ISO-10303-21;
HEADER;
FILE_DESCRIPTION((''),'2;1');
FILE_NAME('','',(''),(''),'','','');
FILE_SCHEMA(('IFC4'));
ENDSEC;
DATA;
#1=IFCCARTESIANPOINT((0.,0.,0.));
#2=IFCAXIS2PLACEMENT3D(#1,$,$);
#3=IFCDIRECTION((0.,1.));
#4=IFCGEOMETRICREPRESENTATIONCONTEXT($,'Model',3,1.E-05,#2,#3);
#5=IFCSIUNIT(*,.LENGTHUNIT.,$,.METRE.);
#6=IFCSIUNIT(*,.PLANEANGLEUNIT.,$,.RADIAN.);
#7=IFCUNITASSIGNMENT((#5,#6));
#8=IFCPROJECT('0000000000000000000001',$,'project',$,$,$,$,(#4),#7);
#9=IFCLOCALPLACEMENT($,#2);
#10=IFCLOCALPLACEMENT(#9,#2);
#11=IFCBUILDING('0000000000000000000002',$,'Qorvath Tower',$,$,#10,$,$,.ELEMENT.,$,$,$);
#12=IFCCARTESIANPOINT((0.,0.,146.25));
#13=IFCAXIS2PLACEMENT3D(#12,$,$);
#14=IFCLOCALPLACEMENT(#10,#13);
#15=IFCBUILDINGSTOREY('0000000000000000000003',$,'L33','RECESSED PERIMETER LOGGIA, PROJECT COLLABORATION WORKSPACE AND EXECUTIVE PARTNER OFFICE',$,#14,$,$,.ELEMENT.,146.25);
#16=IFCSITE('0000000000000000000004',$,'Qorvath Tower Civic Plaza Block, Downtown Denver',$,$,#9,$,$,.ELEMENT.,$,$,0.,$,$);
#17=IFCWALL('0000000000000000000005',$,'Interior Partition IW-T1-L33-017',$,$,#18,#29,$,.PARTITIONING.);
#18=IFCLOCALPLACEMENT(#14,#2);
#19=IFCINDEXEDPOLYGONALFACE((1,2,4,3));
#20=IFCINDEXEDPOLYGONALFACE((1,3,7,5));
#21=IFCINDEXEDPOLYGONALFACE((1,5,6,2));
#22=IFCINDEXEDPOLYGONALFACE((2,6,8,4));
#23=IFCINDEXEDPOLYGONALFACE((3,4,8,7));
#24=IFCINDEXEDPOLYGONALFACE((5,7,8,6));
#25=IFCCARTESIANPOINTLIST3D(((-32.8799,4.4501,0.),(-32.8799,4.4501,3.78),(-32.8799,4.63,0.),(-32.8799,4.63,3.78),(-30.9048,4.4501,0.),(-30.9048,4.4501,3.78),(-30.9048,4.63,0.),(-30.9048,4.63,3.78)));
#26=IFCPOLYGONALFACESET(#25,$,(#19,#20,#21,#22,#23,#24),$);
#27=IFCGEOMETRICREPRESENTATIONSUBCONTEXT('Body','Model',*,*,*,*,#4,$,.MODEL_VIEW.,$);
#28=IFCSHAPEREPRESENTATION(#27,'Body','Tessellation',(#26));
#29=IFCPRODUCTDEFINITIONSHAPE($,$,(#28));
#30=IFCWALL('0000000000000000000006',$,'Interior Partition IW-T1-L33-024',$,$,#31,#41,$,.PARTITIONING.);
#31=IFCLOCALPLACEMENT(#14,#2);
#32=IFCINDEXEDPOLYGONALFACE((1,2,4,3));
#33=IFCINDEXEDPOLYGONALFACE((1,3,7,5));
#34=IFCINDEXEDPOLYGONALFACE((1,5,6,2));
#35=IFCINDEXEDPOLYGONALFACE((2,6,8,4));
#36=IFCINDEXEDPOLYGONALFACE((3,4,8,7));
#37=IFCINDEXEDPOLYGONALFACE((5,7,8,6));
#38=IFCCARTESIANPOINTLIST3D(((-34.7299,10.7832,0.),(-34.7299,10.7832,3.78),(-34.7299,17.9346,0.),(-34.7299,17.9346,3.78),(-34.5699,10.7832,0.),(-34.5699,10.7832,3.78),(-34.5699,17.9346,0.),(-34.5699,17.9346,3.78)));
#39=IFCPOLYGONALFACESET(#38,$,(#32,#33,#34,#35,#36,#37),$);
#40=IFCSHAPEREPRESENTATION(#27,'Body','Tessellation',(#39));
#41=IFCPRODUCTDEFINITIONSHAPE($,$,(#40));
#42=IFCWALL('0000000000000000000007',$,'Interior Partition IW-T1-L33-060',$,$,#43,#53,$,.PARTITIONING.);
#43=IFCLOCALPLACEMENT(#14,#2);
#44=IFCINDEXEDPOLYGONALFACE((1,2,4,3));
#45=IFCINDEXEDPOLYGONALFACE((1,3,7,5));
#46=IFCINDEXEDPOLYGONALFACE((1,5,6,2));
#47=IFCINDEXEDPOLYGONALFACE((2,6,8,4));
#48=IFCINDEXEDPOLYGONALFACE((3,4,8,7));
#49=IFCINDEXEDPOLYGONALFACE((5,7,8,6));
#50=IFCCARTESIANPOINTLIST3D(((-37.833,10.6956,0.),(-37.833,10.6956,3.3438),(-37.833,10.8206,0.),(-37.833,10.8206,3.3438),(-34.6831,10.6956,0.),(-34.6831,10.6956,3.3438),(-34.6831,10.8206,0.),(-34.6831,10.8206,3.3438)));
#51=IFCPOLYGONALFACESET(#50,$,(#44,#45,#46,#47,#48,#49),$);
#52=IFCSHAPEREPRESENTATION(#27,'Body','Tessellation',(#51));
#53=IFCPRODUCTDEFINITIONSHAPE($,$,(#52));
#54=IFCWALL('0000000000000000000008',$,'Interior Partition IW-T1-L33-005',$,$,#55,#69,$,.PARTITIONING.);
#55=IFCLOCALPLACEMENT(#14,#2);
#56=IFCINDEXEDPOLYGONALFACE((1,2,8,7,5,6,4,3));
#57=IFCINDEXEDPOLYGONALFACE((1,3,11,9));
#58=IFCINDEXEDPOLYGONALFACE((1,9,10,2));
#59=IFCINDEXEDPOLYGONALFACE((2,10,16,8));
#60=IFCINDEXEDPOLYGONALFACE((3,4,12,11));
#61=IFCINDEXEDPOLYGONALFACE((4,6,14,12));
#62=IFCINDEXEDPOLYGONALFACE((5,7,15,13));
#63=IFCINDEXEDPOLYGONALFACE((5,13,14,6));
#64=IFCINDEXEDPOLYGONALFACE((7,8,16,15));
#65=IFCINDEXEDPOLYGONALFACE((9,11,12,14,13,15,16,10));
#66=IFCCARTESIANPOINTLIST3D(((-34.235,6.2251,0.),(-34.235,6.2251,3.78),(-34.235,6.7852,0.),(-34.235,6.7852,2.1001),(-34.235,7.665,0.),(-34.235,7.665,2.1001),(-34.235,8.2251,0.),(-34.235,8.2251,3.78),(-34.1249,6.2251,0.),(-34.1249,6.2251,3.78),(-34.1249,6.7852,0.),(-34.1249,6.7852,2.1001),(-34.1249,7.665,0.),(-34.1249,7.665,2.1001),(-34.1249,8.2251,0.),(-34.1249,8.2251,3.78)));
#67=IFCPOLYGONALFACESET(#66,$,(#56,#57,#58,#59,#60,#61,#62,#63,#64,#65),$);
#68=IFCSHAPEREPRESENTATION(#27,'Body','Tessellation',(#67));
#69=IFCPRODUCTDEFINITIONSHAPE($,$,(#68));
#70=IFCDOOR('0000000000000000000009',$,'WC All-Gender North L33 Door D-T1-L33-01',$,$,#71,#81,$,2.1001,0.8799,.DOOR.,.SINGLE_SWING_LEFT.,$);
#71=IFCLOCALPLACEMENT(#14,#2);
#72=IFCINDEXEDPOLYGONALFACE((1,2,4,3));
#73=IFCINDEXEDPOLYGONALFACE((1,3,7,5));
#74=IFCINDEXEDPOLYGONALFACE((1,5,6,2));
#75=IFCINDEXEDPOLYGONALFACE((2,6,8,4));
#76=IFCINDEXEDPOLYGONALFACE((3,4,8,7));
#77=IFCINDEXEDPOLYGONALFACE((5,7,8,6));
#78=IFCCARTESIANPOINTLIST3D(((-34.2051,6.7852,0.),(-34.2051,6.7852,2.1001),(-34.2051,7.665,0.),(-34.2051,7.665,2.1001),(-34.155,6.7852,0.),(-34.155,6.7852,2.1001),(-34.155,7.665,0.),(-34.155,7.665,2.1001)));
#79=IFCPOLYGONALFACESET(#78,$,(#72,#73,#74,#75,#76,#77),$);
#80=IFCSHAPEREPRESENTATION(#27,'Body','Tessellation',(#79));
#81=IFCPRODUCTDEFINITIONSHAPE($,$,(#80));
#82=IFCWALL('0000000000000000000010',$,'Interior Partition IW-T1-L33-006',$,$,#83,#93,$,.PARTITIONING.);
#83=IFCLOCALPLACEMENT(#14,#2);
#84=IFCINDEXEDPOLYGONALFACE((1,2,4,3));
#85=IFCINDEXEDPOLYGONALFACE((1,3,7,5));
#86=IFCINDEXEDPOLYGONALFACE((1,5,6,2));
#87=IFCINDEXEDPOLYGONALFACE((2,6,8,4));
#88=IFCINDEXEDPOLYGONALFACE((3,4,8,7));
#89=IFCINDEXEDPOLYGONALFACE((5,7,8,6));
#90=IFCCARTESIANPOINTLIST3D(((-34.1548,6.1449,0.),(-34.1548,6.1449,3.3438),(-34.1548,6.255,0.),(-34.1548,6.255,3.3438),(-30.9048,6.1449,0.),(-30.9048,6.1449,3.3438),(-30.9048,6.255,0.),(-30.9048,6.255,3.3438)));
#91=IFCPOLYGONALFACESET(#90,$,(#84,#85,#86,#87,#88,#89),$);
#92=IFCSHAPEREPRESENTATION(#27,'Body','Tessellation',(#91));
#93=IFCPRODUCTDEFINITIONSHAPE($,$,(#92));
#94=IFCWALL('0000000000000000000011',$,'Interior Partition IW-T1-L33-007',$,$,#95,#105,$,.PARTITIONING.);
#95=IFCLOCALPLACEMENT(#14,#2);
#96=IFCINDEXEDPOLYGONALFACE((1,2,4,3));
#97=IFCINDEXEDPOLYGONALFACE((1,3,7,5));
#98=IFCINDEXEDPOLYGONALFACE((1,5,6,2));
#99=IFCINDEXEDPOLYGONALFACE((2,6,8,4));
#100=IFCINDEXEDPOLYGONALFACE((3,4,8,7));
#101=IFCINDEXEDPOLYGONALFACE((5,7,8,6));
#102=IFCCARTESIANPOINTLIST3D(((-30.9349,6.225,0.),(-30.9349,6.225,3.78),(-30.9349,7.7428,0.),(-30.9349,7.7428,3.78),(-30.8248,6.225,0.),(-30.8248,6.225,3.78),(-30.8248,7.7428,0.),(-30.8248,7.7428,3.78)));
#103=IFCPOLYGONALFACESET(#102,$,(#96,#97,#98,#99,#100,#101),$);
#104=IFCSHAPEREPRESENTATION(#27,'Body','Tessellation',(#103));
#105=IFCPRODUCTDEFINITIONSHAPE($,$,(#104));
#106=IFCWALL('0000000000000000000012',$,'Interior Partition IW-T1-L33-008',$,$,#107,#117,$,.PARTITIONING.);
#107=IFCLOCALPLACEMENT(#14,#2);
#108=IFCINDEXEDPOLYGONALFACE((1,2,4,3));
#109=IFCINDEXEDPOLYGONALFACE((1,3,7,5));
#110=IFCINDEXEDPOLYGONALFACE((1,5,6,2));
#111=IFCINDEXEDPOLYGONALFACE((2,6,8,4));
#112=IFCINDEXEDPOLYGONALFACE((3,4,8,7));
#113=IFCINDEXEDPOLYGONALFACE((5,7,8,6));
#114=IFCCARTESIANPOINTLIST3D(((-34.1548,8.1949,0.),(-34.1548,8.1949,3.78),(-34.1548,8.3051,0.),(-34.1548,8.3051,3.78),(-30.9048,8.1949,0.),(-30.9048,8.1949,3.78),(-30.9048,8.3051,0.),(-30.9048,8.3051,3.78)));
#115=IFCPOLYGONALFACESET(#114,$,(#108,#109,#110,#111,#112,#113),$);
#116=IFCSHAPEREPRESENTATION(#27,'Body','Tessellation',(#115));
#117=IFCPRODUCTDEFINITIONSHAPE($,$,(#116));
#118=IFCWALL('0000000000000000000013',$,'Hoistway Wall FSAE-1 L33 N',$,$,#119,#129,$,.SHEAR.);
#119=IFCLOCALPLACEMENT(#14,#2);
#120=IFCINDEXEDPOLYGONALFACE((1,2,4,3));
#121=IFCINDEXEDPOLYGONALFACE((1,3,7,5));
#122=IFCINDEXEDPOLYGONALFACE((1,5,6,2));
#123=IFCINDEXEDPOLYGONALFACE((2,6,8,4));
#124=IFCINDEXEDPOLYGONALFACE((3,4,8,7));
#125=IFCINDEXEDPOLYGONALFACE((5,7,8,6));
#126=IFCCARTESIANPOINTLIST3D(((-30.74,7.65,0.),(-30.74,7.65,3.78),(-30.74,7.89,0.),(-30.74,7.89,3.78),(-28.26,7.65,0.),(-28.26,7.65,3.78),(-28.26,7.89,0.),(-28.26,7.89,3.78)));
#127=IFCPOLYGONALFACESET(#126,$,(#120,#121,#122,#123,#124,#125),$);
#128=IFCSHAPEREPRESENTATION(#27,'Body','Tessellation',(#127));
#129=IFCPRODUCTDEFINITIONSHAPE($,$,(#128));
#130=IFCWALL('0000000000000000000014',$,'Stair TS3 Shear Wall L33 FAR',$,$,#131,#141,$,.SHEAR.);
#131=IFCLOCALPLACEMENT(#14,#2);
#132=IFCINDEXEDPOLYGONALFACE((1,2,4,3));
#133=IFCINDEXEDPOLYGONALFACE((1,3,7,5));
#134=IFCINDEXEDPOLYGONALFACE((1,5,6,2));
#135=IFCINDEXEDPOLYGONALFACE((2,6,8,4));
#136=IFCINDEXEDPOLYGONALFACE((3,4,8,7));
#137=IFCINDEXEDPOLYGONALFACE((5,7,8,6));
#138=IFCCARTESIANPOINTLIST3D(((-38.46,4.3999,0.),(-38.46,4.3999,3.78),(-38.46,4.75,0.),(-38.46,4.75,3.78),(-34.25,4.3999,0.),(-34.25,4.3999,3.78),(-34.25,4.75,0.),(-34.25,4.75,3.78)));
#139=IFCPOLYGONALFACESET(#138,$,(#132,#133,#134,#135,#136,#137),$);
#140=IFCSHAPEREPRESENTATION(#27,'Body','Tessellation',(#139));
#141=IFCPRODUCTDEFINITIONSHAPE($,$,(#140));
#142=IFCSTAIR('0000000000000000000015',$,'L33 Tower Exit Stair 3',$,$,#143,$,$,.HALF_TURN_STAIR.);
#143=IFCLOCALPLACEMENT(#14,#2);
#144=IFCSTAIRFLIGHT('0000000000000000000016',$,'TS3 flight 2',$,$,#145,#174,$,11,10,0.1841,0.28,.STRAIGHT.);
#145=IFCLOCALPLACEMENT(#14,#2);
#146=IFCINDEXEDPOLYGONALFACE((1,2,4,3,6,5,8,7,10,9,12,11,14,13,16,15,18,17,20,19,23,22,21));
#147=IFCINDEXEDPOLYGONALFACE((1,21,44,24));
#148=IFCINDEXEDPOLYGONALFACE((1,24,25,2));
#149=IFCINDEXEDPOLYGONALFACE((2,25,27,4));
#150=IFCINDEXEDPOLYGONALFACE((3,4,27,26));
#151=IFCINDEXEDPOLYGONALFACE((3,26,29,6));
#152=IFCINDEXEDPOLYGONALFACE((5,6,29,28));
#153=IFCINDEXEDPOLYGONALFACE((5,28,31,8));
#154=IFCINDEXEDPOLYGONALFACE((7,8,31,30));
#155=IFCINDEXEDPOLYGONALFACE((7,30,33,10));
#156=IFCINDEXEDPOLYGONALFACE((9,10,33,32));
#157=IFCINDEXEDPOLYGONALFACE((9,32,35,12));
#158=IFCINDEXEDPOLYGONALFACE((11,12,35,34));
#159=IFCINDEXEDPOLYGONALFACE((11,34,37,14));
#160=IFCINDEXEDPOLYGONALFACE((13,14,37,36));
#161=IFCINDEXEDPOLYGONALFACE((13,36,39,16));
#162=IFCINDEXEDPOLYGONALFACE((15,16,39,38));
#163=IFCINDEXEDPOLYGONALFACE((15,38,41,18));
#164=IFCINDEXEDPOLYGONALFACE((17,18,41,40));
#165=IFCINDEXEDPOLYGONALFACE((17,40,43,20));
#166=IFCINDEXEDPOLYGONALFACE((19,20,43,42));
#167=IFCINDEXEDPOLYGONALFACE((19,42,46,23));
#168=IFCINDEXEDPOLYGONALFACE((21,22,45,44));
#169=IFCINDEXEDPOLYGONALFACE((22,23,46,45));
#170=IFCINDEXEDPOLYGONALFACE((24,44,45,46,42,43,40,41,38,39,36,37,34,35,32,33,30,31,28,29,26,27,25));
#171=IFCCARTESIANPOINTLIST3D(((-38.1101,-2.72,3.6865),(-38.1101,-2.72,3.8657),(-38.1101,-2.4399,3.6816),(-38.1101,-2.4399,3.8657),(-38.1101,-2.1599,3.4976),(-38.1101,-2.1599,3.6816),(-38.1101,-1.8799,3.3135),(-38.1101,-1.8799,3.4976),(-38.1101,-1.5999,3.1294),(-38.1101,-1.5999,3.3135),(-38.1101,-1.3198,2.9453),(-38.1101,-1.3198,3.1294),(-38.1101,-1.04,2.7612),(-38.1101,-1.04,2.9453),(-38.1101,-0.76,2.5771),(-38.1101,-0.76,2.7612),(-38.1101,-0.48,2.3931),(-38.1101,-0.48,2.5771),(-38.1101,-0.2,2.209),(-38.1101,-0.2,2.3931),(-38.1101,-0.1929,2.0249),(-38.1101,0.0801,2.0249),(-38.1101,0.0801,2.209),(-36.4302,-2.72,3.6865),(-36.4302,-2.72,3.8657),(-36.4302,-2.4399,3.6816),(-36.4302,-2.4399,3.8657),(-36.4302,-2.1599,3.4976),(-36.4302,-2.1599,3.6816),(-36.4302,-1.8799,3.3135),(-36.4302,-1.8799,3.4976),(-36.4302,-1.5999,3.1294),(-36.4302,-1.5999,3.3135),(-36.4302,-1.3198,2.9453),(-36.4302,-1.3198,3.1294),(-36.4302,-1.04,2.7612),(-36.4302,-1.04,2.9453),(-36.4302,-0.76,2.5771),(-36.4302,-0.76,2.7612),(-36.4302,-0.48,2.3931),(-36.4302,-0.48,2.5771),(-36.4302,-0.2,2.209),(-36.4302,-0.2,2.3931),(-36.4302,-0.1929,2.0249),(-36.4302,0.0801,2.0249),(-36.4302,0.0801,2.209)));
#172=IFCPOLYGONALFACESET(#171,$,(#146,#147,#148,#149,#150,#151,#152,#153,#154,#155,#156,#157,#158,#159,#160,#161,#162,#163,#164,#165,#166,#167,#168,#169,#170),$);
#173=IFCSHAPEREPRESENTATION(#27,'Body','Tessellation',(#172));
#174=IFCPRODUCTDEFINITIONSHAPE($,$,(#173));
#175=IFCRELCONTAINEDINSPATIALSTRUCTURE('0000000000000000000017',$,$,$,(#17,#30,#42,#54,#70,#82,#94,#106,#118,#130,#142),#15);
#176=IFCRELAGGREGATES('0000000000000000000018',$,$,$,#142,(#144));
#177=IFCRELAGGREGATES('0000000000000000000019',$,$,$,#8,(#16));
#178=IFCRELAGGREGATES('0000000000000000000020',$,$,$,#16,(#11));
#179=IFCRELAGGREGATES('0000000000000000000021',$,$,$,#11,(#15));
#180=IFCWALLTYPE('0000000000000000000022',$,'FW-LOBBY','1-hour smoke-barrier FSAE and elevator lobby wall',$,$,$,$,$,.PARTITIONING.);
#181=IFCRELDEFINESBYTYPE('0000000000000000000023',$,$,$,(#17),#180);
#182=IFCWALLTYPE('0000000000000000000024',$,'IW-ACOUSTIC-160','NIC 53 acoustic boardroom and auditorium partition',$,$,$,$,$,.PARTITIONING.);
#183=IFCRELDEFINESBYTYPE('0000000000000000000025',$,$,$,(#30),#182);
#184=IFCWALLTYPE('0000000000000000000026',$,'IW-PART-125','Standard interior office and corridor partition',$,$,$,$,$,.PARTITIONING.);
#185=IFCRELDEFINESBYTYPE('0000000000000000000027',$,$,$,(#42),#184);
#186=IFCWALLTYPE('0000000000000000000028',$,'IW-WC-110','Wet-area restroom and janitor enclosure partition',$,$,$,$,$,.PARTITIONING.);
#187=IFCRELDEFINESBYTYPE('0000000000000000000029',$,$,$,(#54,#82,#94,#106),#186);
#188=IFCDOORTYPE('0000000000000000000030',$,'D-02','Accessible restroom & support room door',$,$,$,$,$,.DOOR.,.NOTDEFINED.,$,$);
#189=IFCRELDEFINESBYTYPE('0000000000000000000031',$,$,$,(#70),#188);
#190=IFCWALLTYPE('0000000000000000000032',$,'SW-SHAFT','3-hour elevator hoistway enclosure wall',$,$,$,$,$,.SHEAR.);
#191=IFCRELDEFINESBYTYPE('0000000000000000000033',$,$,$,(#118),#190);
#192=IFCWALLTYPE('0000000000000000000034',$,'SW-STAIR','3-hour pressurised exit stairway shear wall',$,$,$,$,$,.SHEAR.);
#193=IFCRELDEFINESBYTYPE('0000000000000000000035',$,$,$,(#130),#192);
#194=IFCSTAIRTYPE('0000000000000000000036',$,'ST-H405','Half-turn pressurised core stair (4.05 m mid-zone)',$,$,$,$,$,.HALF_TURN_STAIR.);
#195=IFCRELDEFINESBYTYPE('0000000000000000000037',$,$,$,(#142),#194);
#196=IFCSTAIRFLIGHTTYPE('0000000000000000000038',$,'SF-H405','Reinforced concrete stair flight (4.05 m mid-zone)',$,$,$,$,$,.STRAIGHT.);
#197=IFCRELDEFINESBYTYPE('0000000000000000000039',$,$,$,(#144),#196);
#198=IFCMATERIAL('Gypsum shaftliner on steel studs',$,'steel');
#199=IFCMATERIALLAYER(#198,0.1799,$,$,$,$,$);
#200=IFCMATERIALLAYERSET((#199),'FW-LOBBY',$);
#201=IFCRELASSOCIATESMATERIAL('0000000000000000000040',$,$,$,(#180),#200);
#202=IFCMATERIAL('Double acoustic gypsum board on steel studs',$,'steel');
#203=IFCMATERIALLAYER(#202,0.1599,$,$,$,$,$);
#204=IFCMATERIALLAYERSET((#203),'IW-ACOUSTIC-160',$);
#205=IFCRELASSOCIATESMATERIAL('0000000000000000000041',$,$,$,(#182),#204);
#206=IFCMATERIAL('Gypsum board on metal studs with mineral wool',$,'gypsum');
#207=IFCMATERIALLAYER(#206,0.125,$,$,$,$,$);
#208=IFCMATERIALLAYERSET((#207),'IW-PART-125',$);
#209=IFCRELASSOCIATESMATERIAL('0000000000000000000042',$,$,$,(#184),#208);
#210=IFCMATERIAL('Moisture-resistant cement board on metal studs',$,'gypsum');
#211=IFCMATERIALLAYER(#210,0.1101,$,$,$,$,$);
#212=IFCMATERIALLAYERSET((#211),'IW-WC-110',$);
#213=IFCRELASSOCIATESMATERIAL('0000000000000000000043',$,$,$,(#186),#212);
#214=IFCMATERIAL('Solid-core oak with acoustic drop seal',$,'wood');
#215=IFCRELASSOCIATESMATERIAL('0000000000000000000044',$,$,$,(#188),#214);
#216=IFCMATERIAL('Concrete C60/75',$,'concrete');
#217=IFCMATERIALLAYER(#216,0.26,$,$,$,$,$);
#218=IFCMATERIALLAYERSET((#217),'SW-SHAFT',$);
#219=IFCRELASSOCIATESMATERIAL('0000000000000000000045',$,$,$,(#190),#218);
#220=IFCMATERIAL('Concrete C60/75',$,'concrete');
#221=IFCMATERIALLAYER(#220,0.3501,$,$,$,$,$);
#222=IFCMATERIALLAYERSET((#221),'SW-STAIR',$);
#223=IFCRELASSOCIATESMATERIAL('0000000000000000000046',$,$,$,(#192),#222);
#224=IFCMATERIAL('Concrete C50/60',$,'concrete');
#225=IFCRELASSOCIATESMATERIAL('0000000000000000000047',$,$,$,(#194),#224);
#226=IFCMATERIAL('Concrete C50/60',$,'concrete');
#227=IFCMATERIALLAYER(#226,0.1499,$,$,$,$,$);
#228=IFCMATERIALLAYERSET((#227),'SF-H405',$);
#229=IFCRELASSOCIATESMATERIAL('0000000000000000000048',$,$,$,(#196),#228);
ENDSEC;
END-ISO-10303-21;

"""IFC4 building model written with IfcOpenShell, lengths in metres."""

from ifc_helpers import new_model, si_unit, direction, frame, frame_2d, origin, place, context, subcontext, project, spatial, polyline, rectangle, outline, extrude, material, layer, layer_set, type_object, element, fill, aggregate, save


model = new_model("IFC4")

# Units and contexts
model_context = context("Model", 3, precision=1e-05, world=origin(), true_north=direction((0.0, 1.0)))
body_context = subcontext(model_context, "Body", "Model", "MODEL_VIEW")
ifc_project = project(units=[si_unit("LENGTHUNIT", "METRE"), si_unit("PLANEANGLEUNIT", "RADIAN")], contexts=[model_context])

# Site, building, storey
site_placement = place(None, origin())
site = spatial("IfcSite", under=ifc_project, at=site_placement, Name="Qorvath Tower Civic Plaza Block, Downtown Denver", CompositionType="ELEMENT", RefElevation=0.0)
building_placement = place(site_placement, origin())
building = spatial("IfcBuilding", under=site, at=building_placement, Name="Qorvath Tower", CompositionType="ELEMENT")
storey_placement = place(building_placement, frame((0.0, 0.0, 146.25)))
storey = spatial("IfcBuildingStorey", under=building, at=storey_placement, Name="L33", Description="RECESSED PERIMETER LOGGIA, PROJECT COLLABORATION WORKSPACE AND EXECUTIVE PARTNER OFFICE", CompositionType="ELEMENT", Elevation=146.25)

# Shared definitions
ifc_material_1 = material(Name="Gypsum shaftliner on steel studs", Category="steel")
ifc_layer_1 = layer(ifc_material_1, 0.1799)
ifc_layer_set_1 = layer_set([ifc_layer_1], Name="FW-LOBBY")
wall_type_1 = type_object("IfcWallType", Name="FW-LOBBY", Description="1-hour smoke-barrier FSAE and elevator lobby wall", PredefinedType="PARTITIONING", material=ifc_layer_set_1)

# Wall
wall_1_placement = place(storey_placement, frame((-30.9048, 4.54, 0.0), z_axis=(0.0, 0.0, 1.0), x_axis=(-1.0, 0.0, 0.0)))
element("IfcWall", 1, at=wall_1_placement, inside=storey, type_object=wall_type_1, Name="Interior Partition IW-T1-L33-017", PredefinedType="PARTITIONING", context=body_context, shape_type="SweptSolid", body=[
    extrude(rectangle(XDim=1.9751, YDim=0.1799, at=frame_2d((0.9875, 0.0))), origin(), (0.0, 0.0, 1.0), 3.78),
])

# Shared definitions
ifc_material_2 = material(Name="Double acoustic gypsum board on steel studs", Category="steel")
ifc_layer_2 = layer(ifc_material_2, 0.1599)
ifc_layer_set_2 = layer_set([ifc_layer_2], Name="IW-ACOUSTIC-160")
wall_type_2 = type_object("IfcWallType", Name="IW-ACOUSTIC-160", Description="NIC 53 acoustic boardroom and auditorium partition", PredefinedType="PARTITIONING", material=ifc_layer_set_2)

# Walls
wall_2_placement = place(storey_placement, frame((-34.6499, 17.9346, 0.0), z_axis=(0.0, 0.0, 1.0), x_axis=(0.0, -1.0, 0.0)))
element("IfcWall", 2, at=wall_2_placement, inside=storey, type_object=wall_type_2, Name="Interior Partition IW-T1-L33-024", PredefinedType="PARTITIONING", context=body_context, shape_type="SweptSolid", body=[
    extrude(rectangle(XDim=7.1514, YDim=0.1599, at=frame_2d((3.5757, 0.0))), origin(), (0.0, 0.0, 1.0), 3.78),
])
ifc_material_3 = material(Name="Gypsum board on metal studs with mineral wool", Category="gypsum")
ifc_layer_3 = layer(ifc_material_3, 0.125)
ifc_layer_set_3 = layer_set([ifc_layer_3], Name="IW-PART-125")
wall_type_3 = type_object("IfcWallType", Name="IW-PART-125", Description="Standard interior office and corridor partition", PredefinedType="PARTITIONING", material=ifc_layer_set_3)
wall_3_placement = place(storey_placement, frame((-37.833, 10.7581, 0.0), z_axis=(0.0, 0.0, 1.0), x_axis=(1.0, 0.0, 0.0)))
element("IfcWall", 3, at=wall_3_placement, inside=storey, type_object=wall_type_3, Name="Interior Partition IW-T1-L33-060", PredefinedType="PARTITIONING", context=body_context, shape_type="SweptSolid", body=[
    extrude(rectangle(XDim=3.1499, YDim=0.125, at=frame_2d((1.575, 0.0))), origin(), (0.0, 0.0, 1.0), 3.3438),
])

# Wall, opening, door
ifc_material_4 = material(Name="Moisture-resistant cement board on metal studs", Category="gypsum")
ifc_layer_4 = layer(ifc_material_4, 0.1101)
ifc_layer_set_4 = layer_set([ifc_layer_4], Name="IW-WC-110")
wall_type_4 = type_object("IfcWallType", Name="IW-WC-110", Description="Wet-area restroom and janitor enclosure partition", PredefinedType="PARTITIONING", material=ifc_layer_set_4)
wall_4_placement = place(storey_placement, frame((-34.1799, 8.2251, 0.0), z_axis=(0.0, 0.0, 1.0), x_axis=(0.0, -1.0, 0.0)))
wall_4 = element("IfcWall", 4, at=wall_4_placement, inside=storey, type_object=wall_type_4, Name="Interior Partition IW-T1-L33-005", PredefinedType="PARTITIONING", context=body_context, shape_type="SweptSolid", body=[
    extrude(rectangle(XDim=2.0, YDim=0.1101, at=frame_2d((1.0, 0.0))), origin(), (0.0, 0.0, 1.0), 3.78),
])
opening_1_placement = place(wall_4_placement, frame((0.5601, 0.0, 0.0)))
opening_1 = element("IfcOpeningElement", 5, at=opening_1_placement, cuts=wall_4, PredefinedType="OPENING", context=body_context, shape_type="SweptSolid", body=[
    extrude(rectangle(XDim=0.8799, YDim=2.1001, at=frame_2d((0.4399, 1.05))), frame((0.0, 0.0649, 0.0), z_axis=(0.0, -1.0, 0.0), x_axis=(1.0, 0.0, 0.0)), (0.0, 0.0, 1.0), 0.1301),
])
ifc_material_5 = material(Name="Solid-core oak with acoustic drop seal", Category="wood")
door_type_1 = type_object("IfcDoorType", Name="D-02", Description="Accessible restroom & support room door", OperationType="NOTDEFINED", PredefinedType="DOOR", material=ifc_material_5)
door_1_placement = place(opening_1_placement, origin())
door_1 = element("IfcDoor", 6, at=door_1_placement, inside=storey, type_object=door_type_1, Name="WC All-Gender North L33 Door D-T1-L33-01", OperationType="SINGLE_SWING_LEFT", OverallHeight=2.1001, OverallWidth=0.8799, PredefinedType="DOOR", context=body_context, shape_type="SweptSolid", body=[
    extrude(rectangle(XDim=0.8799, YDim=2.1001, at=frame_2d((0.4399, 1.05))), frame((0.0, 0.0249, 0.0), z_axis=(0.0, -1.0, 0.0), x_axis=(1.0, 0.0, 0.0)), (0.0, 0.0, 1.0), 0.05),
])
fill(opening_1, door_1)

# Walls
wall_5_placement = place(storey_placement, frame((-34.1548, 6.2, 0.0), z_axis=(0.0, 0.0, 1.0), x_axis=(1.0, 0.0, 0.0)))
element("IfcWall", 7, at=wall_5_placement, inside=storey, type_object=wall_type_4, Name="Interior Partition IW-T1-L33-006", PredefinedType="PARTITIONING", context=body_context, shape_type="SweptSolid", body=[
    extrude(rectangle(XDim=3.25, YDim=0.1101, at=frame_2d((1.625, 0.0))), origin(), (0.0, 0.0, 1.0), 3.3438),
])
wall_6_placement = place(storey_placement, frame((-30.8799, 6.2251, 0.0), z_axis=(0.0, 0.0, 1.0), x_axis=(0.0, 1.0, 0.0)))
element("IfcWall", 8, at=wall_6_placement, inside=storey, type_object=wall_type_4, Name="Interior Partition IW-T1-L33-007", PredefinedType="PARTITIONING", context=body_context, shape_type="SweptSolid", body=[
    extrude(rectangle(XDim=1.5178, YDim=0.1101, at=frame_2d((0.7588, 0.0))), origin(), (0.0, 0.0, 1.0), 3.78),
])
wall_7_placement = place(storey_placement, frame((-30.9048, 8.25, 0.0), z_axis=(0.0, 0.0, 1.0), x_axis=(-1.0, 0.0, 0.0)))
element("IfcWall", 9, at=wall_7_placement, inside=storey, type_object=wall_type_4, Name="Interior Partition IW-T1-L33-008", PredefinedType="PARTITIONING", context=body_context, shape_type="SweptSolid", body=[
    extrude(rectangle(XDim=3.25, YDim=0.1101, at=frame_2d((1.625, 0.0))), origin(), (0.0, 0.0, 1.0), 3.78),
])
ifc_material_6 = material(Name="Concrete C60/75", Category="concrete")
ifc_layer_5 = layer(ifc_material_6, 0.26)
ifc_layer_set_5 = layer_set([ifc_layer_5], Name="SW-SHAFT")
wall_type_5 = type_object("IfcWallType", Name="SW-SHAFT", Description="3-hour elevator hoistway enclosure wall", PredefinedType="SHEAR", material=ifc_layer_set_5)
wall_8_placement = place(storey_placement, frame((-30.74, 7.77, 0.0), z_axis=(0.0, 0.0, 1.0), x_axis=(1.0, 0.0, 0.0)))
element("IfcWall", 10, at=wall_8_placement, inside=storey, type_object=wall_type_5, Name="Hoistway Wall FSAE-1 L33 N", PredefinedType="SHEAR", context=body_context, shape_type="SweptSolid", body=[
    extrude(rectangle(XDim=2.48, YDim=0.24, at=frame_2d((1.24, 0.0))), origin(), (0.0, 0.0, 1.0), 3.78),
])
ifc_material_7 = material(Name="Concrete C60/75", Category="concrete")
ifc_layer_6 = layer(ifc_material_7, 0.3501)
ifc_layer_set_6 = layer_set([ifc_layer_6], Name="SW-STAIR")
wall_type_6 = type_object("IfcWallType", Name="SW-STAIR", Description="3-hour pressurised exit stairway shear wall", PredefinedType="SHEAR", material=ifc_layer_set_6)
wall_9_placement = place(storey_placement, frame((-34.25, 4.575, 0.0), z_axis=(0.0, 0.0, 1.0), x_axis=(-1.0, 0.0, 0.0)))
element("IfcWall", 11, at=wall_9_placement, inside=storey, type_object=wall_type_6, Name="Stair TS3 Shear Wall L33 FAR", PredefinedType="SHEAR", context=body_context, shape_type="SweptSolid", body=[
    extrude(rectangle(XDim=4.21, YDim=0.3501, at=frame_2d((2.105, 0.0))), origin(), (0.0, 0.0, 1.0), 3.78),
])

# Stair, stair flight
ifc_material_8 = material(Name="Concrete C50/60", Category="concrete")
stair_type = type_object("IfcStairType", Name="ST-H405", Description="Half-turn pressurised core stair (4.05 m mid-zone)", PredefinedType="HALF_TURN_STAIR", material=ifc_material_8)
stair_placement = place(storey_placement, origin())
stair = element("IfcStair", 12, at=stair_placement, inside=storey, type_object=stair_type, Name="L33 Tower Exit Stair 3", PredefinedType="HALF_TURN_STAIR")
ifc_material_9 = material(Name="Concrete C50/60", Category="concrete")
ifc_layer_7 = layer(ifc_material_9, 0.1499)
ifc_layer_set_7 = layer_set([ifc_layer_7], Name="SF-H405")
stair_flight_type = type_object("IfcStairFlightType", Name="SF-H405", Description="Reinforced concrete stair flight (4.05 m mid-zone)", PredefinedType="STRAIGHT", material=ifc_layer_set_7)
stair_flight_placement = place(storey_placement, frame((-37.27, 0.0801, 2.0249), z_axis=(0.0, 0.0, 1.0), x_axis=(0.0, -1.0, 0.0)))
stair_flight = element("IfcStairFlight", 13, at=stair_flight_placement, type_object=stair_flight_type, Name="TS3 flight 2", NumberOfRisers=11, NumberOfTreads=10, PredefinedType="STRAIGHT", RiserHeight=0.1841, TreadLength=0.28, context=body_context, shape_type="SweptSolid", body=[
    extrude(outline(polyline([(0.0, 0.0), (0.0, 0.1841), (0.28, 0.1841), (0.28, 0.3682), (0.5601, 0.3682), (0.5601, 0.5522), (0.8401, 0.5522), (0.8401, 0.7363), (1.1201, 0.7363), (1.1201, 0.9204), (1.3999, 0.9204), (1.3999, 1.1045), (1.6799, 1.1045), (1.6799, 1.2886), (1.96, 1.2886), (1.96, 1.4727), (2.24, 1.4727), (2.24, 1.6567), (2.52, 1.6567), (2.52, 1.8408), (2.8, 1.8408), (2.8, 2.0249), (2.8, 1.6616), (0.2729, 0.0), (0.0, 0.0)])), frame((0.0, 0.8398, 0.0), z_axis=(0.0, -1.0, 0.0), x_axis=(1.0, 0.0, 0.0)), (0.0, 0.0, 1.0), 1.6799),
])
aggregate(stair, [stair_flight])

save(model, "model.ifc")
